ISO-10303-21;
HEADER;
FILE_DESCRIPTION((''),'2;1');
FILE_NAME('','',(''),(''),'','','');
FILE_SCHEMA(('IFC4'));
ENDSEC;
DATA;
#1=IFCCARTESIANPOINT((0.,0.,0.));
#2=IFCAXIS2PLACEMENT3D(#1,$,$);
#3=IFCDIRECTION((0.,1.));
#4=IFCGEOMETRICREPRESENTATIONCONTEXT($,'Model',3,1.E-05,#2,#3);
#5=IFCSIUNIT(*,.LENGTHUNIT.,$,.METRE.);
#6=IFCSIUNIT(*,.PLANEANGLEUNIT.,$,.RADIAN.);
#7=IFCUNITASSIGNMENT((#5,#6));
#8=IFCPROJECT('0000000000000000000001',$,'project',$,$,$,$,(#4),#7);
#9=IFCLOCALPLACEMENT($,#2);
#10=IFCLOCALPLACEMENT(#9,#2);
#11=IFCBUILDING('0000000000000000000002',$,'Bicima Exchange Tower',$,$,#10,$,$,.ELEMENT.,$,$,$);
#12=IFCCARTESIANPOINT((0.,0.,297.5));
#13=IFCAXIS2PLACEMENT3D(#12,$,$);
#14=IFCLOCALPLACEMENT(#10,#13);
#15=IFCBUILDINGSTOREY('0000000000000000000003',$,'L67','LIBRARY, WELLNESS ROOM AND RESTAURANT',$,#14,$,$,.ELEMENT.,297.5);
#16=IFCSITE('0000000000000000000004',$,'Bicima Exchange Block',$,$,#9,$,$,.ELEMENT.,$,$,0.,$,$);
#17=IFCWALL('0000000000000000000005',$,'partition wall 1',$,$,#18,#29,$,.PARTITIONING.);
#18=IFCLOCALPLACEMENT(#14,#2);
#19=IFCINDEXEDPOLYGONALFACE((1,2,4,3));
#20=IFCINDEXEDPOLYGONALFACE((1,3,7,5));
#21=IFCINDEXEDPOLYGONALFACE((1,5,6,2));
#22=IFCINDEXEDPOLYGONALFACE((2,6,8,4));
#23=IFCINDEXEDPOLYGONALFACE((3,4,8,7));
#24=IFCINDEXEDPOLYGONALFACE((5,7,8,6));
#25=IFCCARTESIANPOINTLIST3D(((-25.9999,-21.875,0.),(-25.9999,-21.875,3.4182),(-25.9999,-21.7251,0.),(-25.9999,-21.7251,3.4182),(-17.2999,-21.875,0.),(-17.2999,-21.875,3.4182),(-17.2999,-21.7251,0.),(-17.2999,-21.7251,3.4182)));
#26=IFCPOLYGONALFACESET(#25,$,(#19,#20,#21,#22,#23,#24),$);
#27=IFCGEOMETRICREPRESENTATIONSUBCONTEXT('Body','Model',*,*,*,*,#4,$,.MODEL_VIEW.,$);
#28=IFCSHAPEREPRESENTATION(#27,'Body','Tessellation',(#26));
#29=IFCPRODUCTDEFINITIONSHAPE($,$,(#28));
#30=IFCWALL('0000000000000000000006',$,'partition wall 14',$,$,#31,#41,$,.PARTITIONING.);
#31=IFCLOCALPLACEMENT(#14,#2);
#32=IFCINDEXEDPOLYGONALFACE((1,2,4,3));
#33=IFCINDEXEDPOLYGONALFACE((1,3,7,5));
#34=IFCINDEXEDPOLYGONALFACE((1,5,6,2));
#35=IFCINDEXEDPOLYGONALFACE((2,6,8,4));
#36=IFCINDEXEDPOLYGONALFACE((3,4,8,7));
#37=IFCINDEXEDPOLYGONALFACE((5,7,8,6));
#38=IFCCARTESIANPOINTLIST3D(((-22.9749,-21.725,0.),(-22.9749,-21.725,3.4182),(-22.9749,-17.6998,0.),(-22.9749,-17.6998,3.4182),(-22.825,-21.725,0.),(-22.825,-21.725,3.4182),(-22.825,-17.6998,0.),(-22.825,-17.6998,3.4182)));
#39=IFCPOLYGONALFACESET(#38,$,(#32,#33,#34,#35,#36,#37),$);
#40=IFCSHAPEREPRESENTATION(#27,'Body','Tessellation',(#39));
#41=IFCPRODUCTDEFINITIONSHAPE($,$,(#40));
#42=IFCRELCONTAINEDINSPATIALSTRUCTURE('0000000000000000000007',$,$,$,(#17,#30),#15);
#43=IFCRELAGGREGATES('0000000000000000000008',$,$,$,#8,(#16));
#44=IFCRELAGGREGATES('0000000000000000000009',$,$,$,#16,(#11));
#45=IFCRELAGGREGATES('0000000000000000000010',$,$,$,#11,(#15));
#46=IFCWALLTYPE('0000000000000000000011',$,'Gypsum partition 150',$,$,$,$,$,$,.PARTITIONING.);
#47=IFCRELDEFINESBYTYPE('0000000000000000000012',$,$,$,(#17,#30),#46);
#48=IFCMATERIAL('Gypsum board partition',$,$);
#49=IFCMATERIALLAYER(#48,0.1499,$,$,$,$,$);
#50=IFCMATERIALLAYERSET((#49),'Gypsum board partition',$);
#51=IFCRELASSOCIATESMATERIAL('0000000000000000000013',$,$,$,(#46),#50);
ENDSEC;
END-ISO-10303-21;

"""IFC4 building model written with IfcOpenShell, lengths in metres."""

from ifc_helpers import new_model, si_unit, direction, frame, frame_2d, origin, place, context, subcontext, project, spatial, rectangle, extrude, material, layer, layer_set, type_object, element, save


model = new_model("IFC4")

# Units and contexts
model_context = context("Model", 3, precision=1e-05, world=origin(), true_north=direction((0.0, 1.0)))
body_context = subcontext(model_context, "Body", "Model", "MODEL_VIEW")
ifc_project = project(units=[si_unit("LENGTHUNIT", "METRE"), si_unit("PLANEANGLEUNIT", "RADIAN")], contexts=[model_context])

# Site, building, storey
site_placement = place(None, origin())
site = spatial("IfcSite", under=ifc_project, at=site_placement, Name="Bicima Exchange Block", CompositionType="ELEMENT", RefElevation=0.0)
building_placement = place(site_placement, origin())
building = spatial("IfcBuilding", under=site, at=building_placement, Name="Bicima Exchange Tower", CompositionType="ELEMENT")
storey_placement = place(building_placement, frame((0.0, 0.0, 297.5)))
storey = spatial("IfcBuildingStorey", under=building, at=storey_placement, Name="L67", Description="LIBRARY, WELLNESS ROOM AND RESTAURANT", CompositionType="ELEMENT", Elevation=297.5)

# Shared definitions
ifc_material_1 = material(Name="Gypsum board partition")

# Walls
ifc_layer_1 = layer(ifc_material_1, 0.1499)
ifc_layer_set_1 = layer_set([ifc_layer_1], Name="Gypsum board partition")
wall_type_1 = type_object("IfcWallType", Name="Gypsum partition 150", PredefinedType="PARTITIONING", material=ifc_layer_set_1)
wall_1_placement = place(storey_placement, frame((-26.0, -21.8, 0.0), z_axis=(0.0, 0.0, 1.0), x_axis=(1.0, 0.0, 0.0)))
element("IfcWall", 1, at=wall_1_placement, inside=storey, type_object=wall_type_1, Name="partition wall 1", PredefinedType="PARTITIONING", context=body_context, shape_type="SweptSolid", body=[
    extrude(rectangle(XDim=8.7, YDim=0.1499, at=frame_2d((4.3501, 0.0))), origin(), (0.0, 0.0, 1.0), 3.4182),
])
wall_2_placement = place(storey_placement, frame((-22.8999, -21.7251, 0.0), z_axis=(0.0, 0.0, 1.0), x_axis=(0.0, 1.0, 0.0)))
element("IfcWall", 2, at=wall_2_placement, inside=storey, type_object=wall_type_1, Name="partition wall 14", PredefinedType="PARTITIONING", context=body_context, shape_type="SweptSolid", body=[
    extrude(rectangle(XDim=4.0251, YDim=0.1499, at=frame_2d((2.0127, 0.0))), origin(), (0.0, 0.0, 1.0), 3.4182),
])

save(model, "model.ifc")
